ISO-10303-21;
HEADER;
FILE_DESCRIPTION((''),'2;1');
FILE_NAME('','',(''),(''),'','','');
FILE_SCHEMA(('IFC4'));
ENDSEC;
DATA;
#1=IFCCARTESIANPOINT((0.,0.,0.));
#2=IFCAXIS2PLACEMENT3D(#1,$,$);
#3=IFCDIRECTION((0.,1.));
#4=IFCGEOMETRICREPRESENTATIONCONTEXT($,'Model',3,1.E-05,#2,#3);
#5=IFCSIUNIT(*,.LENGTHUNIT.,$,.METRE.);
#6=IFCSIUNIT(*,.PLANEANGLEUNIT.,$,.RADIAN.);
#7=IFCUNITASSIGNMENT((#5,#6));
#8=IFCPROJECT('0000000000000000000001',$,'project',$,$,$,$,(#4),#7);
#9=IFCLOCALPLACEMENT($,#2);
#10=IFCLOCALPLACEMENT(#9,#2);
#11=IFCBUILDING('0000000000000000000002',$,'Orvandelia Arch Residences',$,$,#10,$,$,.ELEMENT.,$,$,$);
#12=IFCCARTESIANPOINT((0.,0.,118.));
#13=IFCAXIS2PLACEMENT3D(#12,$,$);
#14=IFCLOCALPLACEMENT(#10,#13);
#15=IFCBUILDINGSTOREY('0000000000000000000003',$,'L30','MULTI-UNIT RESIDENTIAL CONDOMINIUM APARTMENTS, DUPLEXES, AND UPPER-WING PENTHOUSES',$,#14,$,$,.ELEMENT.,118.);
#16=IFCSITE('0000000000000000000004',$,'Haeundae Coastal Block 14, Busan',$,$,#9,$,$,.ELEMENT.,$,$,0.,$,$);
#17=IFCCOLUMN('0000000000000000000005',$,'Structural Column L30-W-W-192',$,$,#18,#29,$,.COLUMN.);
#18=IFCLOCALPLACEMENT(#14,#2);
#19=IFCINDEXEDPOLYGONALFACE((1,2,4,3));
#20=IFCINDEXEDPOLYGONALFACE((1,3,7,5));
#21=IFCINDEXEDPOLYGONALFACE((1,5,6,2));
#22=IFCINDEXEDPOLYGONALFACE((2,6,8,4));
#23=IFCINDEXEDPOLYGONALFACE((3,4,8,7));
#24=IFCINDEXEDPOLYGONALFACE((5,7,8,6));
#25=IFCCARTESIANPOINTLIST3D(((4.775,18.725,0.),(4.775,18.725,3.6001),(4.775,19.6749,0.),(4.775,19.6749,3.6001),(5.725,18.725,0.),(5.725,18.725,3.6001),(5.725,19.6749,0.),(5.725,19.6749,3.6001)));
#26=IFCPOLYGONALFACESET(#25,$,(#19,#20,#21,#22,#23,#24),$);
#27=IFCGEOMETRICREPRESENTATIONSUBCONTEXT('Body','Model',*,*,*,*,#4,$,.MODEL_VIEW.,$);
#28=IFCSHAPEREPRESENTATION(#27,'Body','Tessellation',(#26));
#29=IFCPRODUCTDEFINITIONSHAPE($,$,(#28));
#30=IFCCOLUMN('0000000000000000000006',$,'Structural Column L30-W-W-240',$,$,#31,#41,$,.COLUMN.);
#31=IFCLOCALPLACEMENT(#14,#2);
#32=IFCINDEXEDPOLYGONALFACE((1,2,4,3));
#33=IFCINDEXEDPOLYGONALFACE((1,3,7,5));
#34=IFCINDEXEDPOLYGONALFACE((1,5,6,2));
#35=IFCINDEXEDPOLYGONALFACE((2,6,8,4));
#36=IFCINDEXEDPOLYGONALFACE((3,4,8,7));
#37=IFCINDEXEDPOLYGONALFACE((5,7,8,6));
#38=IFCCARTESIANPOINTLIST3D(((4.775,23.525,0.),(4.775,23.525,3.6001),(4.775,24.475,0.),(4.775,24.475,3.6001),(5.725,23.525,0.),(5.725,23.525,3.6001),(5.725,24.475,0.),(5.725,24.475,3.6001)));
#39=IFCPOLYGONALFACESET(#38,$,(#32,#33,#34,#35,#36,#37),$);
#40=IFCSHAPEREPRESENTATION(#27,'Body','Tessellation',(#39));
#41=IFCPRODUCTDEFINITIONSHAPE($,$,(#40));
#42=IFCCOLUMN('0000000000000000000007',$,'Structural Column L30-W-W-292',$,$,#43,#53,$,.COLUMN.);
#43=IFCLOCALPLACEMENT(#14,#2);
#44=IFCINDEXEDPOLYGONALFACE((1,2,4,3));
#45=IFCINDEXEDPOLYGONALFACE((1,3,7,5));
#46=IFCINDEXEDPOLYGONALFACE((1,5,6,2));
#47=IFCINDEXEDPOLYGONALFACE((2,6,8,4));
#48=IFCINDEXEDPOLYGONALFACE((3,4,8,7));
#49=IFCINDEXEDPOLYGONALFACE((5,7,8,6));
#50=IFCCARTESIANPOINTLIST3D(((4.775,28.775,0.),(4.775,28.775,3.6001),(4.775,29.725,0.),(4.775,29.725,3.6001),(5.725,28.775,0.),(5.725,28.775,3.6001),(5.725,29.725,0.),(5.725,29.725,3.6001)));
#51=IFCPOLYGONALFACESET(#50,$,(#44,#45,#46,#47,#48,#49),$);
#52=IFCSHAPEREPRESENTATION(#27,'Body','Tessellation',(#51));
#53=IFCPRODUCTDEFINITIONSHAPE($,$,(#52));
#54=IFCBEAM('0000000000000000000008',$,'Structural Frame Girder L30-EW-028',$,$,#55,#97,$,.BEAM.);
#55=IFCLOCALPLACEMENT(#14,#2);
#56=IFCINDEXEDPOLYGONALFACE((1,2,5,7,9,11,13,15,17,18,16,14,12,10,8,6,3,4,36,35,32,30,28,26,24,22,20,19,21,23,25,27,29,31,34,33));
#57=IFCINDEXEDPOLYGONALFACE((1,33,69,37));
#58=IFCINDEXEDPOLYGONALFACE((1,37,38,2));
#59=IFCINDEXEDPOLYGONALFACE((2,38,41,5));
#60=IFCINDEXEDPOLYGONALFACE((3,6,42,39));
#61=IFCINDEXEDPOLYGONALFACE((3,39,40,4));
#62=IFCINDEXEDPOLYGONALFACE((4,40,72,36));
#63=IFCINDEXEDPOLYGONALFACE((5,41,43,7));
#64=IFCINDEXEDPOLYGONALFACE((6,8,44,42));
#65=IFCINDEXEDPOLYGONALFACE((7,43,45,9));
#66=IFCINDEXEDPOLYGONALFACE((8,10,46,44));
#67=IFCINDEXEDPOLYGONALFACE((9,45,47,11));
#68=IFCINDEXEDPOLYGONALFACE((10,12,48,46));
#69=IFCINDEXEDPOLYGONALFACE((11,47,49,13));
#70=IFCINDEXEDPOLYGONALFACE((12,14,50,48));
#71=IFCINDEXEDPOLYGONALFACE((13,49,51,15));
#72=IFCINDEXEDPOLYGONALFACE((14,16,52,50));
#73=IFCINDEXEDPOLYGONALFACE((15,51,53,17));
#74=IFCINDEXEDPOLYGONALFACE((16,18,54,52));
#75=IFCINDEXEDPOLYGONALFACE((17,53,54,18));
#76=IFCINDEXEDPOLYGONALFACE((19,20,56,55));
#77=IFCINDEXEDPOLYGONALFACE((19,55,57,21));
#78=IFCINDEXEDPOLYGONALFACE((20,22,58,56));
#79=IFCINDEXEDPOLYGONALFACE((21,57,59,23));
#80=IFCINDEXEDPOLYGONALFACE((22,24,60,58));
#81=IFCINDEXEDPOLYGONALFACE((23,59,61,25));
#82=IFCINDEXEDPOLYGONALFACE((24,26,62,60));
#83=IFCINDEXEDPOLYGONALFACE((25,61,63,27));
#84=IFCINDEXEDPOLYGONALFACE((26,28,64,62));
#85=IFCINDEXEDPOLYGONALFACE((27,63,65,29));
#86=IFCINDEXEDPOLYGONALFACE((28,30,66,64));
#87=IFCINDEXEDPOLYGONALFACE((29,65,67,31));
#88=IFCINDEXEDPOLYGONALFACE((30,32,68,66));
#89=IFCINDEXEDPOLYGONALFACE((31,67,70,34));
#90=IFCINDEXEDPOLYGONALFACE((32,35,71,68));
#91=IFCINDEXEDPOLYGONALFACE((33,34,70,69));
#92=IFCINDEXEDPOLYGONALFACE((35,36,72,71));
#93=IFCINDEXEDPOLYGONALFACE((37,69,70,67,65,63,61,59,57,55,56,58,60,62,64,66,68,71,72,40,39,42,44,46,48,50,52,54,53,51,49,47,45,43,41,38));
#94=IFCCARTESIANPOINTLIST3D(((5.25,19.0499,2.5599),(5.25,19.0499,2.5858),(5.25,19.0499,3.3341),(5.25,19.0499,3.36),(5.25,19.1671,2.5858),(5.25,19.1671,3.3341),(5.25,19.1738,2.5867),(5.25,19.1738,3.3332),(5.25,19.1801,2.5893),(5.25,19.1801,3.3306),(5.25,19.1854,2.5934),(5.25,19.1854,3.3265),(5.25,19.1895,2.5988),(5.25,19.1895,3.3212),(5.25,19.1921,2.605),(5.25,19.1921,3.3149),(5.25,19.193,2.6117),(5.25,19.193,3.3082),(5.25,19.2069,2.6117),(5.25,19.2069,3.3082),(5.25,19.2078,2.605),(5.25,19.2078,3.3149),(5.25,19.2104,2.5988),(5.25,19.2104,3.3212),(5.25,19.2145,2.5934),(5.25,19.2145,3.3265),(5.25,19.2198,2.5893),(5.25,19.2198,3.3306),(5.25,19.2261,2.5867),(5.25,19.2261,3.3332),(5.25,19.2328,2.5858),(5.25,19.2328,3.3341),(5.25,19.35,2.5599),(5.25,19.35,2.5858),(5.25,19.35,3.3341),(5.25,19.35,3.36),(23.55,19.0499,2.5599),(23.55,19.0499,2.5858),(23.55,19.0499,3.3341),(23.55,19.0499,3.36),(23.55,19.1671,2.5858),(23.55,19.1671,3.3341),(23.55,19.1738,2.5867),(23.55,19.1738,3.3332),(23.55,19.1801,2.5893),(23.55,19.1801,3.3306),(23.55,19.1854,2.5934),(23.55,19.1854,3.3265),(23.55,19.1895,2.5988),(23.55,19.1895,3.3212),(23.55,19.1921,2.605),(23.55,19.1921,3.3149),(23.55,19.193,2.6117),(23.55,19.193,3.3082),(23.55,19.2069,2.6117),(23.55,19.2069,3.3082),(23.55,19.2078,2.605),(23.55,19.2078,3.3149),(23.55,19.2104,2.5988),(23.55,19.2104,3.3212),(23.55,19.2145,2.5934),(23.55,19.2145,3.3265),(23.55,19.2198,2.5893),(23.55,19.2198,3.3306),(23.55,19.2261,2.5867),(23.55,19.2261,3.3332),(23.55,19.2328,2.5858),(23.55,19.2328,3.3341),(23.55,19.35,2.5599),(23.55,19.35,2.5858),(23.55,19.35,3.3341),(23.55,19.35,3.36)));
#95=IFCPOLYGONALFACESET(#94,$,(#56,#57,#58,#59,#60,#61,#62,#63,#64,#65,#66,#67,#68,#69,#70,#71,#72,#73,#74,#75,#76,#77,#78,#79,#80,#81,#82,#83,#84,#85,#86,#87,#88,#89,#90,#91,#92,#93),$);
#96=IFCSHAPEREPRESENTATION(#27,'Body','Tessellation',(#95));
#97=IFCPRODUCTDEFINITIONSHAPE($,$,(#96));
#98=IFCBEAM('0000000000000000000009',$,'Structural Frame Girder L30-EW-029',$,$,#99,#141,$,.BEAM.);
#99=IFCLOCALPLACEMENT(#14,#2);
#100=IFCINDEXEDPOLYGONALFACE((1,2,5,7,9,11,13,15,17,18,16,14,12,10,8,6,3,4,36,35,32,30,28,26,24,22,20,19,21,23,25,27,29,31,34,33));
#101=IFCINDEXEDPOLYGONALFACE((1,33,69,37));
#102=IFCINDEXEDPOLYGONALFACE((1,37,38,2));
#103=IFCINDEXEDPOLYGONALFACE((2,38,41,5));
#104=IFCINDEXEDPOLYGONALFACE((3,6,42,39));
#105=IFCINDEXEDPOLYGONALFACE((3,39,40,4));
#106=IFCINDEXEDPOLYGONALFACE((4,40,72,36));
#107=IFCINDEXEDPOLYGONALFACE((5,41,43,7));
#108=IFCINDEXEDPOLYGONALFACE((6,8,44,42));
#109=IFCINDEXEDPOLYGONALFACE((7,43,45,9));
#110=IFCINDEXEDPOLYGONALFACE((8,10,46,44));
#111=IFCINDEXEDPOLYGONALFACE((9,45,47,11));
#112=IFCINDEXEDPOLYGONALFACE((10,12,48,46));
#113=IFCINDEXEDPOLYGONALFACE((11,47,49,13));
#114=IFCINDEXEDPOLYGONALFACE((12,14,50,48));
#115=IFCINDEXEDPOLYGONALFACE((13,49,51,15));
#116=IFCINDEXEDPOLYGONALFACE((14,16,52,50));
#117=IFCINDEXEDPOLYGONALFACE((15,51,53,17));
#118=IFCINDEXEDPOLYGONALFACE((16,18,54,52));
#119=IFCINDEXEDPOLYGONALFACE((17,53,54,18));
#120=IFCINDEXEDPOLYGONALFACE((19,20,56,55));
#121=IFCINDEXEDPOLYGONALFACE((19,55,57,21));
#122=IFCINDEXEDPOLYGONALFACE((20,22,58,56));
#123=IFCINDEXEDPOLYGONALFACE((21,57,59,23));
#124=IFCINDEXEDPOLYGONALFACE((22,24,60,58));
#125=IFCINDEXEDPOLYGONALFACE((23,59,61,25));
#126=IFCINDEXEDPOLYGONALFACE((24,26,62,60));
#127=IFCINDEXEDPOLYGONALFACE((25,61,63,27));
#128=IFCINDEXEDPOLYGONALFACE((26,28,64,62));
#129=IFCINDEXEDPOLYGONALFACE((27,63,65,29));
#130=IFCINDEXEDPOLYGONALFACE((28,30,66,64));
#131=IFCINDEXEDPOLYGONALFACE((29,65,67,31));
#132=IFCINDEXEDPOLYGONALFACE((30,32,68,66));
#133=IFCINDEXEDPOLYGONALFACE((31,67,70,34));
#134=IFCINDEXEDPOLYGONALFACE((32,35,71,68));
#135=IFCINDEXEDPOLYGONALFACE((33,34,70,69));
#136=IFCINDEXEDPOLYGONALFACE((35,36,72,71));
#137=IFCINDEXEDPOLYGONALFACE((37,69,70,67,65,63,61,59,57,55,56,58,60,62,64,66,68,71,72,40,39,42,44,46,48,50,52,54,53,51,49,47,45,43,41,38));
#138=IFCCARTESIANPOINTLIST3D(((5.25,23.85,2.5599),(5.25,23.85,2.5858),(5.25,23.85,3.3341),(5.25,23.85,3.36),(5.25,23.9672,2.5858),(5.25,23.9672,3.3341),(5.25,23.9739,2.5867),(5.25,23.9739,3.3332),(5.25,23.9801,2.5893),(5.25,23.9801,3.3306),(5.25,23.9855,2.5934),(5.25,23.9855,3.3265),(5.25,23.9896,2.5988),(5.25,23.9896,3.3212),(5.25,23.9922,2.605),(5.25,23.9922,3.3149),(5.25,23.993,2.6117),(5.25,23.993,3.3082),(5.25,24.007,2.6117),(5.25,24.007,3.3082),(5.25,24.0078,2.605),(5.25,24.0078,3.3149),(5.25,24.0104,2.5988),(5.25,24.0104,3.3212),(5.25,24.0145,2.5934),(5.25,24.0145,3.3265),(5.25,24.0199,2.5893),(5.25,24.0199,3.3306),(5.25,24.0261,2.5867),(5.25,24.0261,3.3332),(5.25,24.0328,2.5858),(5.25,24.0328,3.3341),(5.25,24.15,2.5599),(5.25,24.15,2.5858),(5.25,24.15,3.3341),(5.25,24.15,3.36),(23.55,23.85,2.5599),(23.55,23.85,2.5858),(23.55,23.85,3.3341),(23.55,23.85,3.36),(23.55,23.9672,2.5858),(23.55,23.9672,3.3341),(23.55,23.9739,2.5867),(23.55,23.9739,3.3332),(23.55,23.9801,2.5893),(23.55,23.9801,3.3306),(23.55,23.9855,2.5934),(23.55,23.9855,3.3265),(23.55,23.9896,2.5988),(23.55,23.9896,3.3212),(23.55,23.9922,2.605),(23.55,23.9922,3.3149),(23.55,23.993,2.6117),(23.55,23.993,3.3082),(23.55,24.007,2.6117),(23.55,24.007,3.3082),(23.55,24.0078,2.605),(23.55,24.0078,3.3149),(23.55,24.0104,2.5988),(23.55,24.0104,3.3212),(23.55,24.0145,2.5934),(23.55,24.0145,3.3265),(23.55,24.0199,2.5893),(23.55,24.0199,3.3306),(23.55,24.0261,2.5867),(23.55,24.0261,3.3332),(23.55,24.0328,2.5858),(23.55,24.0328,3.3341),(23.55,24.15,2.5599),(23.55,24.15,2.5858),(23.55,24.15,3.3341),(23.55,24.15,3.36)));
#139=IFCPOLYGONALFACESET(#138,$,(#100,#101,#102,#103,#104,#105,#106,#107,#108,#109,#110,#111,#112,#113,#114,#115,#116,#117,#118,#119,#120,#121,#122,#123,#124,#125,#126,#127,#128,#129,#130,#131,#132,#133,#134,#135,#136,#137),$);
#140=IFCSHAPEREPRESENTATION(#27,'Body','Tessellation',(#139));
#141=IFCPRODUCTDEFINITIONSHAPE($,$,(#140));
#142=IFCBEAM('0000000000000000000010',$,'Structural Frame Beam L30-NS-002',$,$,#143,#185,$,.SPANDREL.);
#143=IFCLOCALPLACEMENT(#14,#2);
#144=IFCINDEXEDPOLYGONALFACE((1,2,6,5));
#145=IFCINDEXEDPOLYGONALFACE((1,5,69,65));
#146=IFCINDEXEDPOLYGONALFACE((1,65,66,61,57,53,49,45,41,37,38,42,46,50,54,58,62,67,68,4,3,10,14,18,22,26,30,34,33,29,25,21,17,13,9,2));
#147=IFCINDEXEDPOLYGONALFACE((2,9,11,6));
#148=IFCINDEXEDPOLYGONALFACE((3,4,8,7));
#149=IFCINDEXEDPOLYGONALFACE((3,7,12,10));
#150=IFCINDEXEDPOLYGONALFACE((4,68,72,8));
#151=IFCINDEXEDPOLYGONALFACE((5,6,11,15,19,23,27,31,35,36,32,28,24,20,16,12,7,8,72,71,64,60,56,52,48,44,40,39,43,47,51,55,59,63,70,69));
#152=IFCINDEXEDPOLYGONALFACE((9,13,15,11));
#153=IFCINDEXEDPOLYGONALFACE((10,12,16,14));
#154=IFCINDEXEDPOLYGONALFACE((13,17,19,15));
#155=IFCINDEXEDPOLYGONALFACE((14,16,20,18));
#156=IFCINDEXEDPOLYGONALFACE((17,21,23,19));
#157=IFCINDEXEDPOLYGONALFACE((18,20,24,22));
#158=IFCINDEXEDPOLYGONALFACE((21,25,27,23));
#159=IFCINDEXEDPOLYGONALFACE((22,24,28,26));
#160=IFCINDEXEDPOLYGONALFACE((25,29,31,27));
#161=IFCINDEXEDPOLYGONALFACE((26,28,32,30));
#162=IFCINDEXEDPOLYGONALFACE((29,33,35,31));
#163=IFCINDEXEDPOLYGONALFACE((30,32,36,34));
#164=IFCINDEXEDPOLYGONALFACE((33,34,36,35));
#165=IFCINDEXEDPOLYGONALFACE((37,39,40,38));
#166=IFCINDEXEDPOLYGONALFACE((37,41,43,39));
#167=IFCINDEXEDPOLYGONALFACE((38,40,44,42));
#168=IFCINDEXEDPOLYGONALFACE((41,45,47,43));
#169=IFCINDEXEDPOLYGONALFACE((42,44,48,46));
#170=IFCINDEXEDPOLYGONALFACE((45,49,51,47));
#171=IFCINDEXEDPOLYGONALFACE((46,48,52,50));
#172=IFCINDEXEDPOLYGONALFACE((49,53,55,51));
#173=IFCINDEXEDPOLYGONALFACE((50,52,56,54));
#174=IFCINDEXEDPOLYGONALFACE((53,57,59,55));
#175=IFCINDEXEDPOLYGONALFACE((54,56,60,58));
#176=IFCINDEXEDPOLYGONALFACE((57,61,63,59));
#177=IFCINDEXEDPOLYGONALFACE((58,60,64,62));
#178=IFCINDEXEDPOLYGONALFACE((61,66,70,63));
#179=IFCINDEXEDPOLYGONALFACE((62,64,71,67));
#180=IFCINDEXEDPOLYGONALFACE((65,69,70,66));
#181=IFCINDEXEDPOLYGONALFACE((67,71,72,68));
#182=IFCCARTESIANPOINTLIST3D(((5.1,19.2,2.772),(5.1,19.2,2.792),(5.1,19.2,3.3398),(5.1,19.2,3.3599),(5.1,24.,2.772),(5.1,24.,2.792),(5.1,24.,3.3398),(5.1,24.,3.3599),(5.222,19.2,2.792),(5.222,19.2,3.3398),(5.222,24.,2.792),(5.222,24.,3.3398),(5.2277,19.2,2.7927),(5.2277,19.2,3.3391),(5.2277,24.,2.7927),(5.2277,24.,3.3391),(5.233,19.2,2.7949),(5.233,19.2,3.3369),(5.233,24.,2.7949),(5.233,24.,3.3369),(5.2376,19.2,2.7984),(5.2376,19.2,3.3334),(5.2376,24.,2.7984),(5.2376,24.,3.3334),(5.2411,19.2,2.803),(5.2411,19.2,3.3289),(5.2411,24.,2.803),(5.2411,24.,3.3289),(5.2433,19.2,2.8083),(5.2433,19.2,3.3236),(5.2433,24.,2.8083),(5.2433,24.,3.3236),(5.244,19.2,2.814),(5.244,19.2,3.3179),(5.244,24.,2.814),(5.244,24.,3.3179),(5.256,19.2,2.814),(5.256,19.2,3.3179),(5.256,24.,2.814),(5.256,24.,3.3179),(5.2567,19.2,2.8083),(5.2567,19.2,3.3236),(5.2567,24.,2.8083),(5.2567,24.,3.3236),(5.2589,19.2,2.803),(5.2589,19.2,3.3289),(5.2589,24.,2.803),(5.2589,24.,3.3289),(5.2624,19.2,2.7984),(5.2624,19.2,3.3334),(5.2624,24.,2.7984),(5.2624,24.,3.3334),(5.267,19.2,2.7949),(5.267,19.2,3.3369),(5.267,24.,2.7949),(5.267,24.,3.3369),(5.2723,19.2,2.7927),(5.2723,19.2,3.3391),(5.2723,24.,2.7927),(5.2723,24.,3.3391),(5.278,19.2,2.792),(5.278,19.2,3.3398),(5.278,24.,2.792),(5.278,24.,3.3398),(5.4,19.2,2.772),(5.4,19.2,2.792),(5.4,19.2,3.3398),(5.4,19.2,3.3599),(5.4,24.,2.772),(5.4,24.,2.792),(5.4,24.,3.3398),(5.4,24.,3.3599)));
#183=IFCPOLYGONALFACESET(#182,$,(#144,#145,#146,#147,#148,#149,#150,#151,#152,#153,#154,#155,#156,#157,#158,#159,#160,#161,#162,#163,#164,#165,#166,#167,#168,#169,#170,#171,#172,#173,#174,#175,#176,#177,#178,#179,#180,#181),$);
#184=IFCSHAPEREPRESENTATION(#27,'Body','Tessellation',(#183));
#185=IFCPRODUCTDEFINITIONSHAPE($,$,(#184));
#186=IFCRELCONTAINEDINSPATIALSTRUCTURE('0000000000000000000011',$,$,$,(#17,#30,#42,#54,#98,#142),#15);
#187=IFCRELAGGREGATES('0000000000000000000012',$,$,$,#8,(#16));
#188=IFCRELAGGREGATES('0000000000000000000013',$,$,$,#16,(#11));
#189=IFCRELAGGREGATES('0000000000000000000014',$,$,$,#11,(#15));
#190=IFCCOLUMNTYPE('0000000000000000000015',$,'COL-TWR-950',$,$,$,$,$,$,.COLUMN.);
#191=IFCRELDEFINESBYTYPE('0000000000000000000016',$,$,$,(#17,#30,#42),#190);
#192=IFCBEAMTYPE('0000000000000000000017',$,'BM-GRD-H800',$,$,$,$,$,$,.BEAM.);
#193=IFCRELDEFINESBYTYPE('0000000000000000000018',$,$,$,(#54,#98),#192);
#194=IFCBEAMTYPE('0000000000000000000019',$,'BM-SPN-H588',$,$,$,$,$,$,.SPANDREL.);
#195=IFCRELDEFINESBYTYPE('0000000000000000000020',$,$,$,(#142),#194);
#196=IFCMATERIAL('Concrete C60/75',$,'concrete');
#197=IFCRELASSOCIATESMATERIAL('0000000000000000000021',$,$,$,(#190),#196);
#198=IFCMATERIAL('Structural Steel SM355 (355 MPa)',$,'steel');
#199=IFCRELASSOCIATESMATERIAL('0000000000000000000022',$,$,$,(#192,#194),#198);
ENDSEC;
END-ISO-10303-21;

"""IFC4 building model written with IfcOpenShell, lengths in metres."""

from ifc_helpers import new_model, si_unit, direction, frame, origin, origin_2d, place, context, subcontext, project, spatial, rectangle, i_section, extrude, material, material_profile, profile_set, type_object, element, save


model = new_model("IFC4")

# Units and contexts
model_context = context("Model", 3, precision=1e-05, world=origin(), true_north=direction((0.0, 1.0)))
body_context = subcontext(model_context, "Body", "Model", "MODEL_VIEW")
ifc_project = project(units=[si_unit("LENGTHUNIT", "METRE"), si_unit("PLANEANGLEUNIT", "RADIAN")], contexts=[model_context])

# Site, building, storey
site_placement = place(None, origin())
site = spatial("IfcSite", under=ifc_project, at=site_placement, Name="Haeundae Coastal Block 14, Busan", CompositionType="ELEMENT", RefElevation=0.0)
building_placement = place(site_placement, origin())
building = spatial("IfcBuilding", under=site, at=building_placement, Name="Orvandelia Arch Residences", CompositionType="ELEMENT")
storey_placement = place(building_placement, frame((0.0, 0.0, 118.0)))
storey = spatial("IfcBuildingStorey", under=building, at=storey_placement, Name="L30", Description="MULTI-UNIT RESIDENTIAL CONDOMINIUM APARTMENTS, DUPLEXES, AND UPPER-WING PENTHOUSES", CompositionType="ELEMENT", Elevation=118.0)

# Columns
ifc_material_1 = material(Name="Concrete C60/75", Category="concrete")
ifc_material_profile_1 = material_profile(ifc_material_1, rectangle(XDim=0.95, YDim=0.95, at=origin_2d()), Name="Concrete C60/75", Category="concrete")
ifc_profile_set_1 = profile_set([ifc_material_profile_1], Name="Concrete C60/75")
column_type = type_object("IfcColumnType", Name="COL-TWR-950", PredefinedType="COLUMN", material=ifc_profile_set_1)
for number, where, z_axis, x_axis, name in (
    (1, (5.25, 19.2, 0.0), (0.0, 0.0, 1.0), (1.0, 0.0, 0.0), "Structural Column L30-W-W-192"),
    (2, (5.25, 24.0, 0.0), (0.0, 0.0, 1.0), (1.0, 0.0, 0.0), "Structural Column L30-W-W-240"),
    (3, (5.25, 29.25, 0.0), (0.0, 0.0, 1.0), (1.0, 0.0, 0.0), "Structural Column L30-W-W-292"),
):
    element("IfcColumn", number, at=place(storey_placement, frame(where, z_axis=z_axis, x_axis=x_axis)), inside=storey, type_object=column_type, Name=name, PredefinedType="COLUMN", context=body_context, shape_type="SweptSolid", body=[
        extrude(rectangle(XDim=0.95, YDim=0.95, at=origin_2d()), origin(), (0.0, 0.0, 1.0), 3.6001),
    ])

# Beams
ifc_material_2 = material(Name="Structural Steel SM355 (355 MPa)", Category="steel")
ifc_material_profile_2 = material_profile(ifc_material_2, i_section(OverallWidth=0.3, OverallDepth=0.8, WebThickness=0.0139, FlangeThickness=0.0259, FilletRadius=0.0259, at=origin_2d()), Name="Structural Steel SM355 (355 MPa)", Category="steel")
ifc_profile_set_2 = profile_set([ifc_material_profile_2], Name="Structural Steel SM355 (355 MPa)")
beam_type_1 = type_object("IfcBeamType", Name="BM-GRD-H800", PredefinedType="BEAM", material=ifc_profile_set_2)
for number, where, z_axis, x_axis, name in (
    (4, (5.25, 19.2, 2.96), (1.0, 0.0, 0.0), (0.0, 1.0, 0.0), "Structural Frame Girder L30-EW-028"),
    (5, (5.25, 24.0, 2.96), (1.0, 0.0, 0.0), (0.0, 1.0, 0.0), "Structural Frame Girder L30-EW-029"),
):
    element("IfcBeam", number, at=place(storey_placement, frame(where, z_axis=z_axis, x_axis=x_axis)), inside=storey, type_object=beam_type_1, Name=name, PredefinedType="BEAM", context=body_context, shape_type="SweptSolid", body=[
        extrude(i_section(OverallWidth=0.3, OverallDepth=0.8, WebThickness=0.0139, FlangeThickness=0.0259, FilletRadius=0.0259, at=origin_2d()), origin(), (0.0, 0.0, 1.0), 18.3),
    ])
ifc_material_profile_3 = material_profile(ifc_material_2, i_section(OverallWidth=0.3, OverallDepth=0.5879, WebThickness=0.012, FlangeThickness=0.02, FilletRadius=0.022, at=origin_2d()), Name="Structural Steel SM355 (355 MPa)", Category="steel")
ifc_profile_set_3 = profile_set([ifc_material_profile_3], Name="Structural Steel SM355 (355 MPa)")
beam_type_2 = type_object("IfcBeamType", Name="BM-SPN-H588", PredefinedType="SPANDREL", material=ifc_profile_set_3)
beam_1_placement = place(storey_placement, frame((5.25, 19.2, 3.0659), z_axis=(0.0, 1.0, 0.0), x_axis=(-1.0, 0.0, 0.0)))
element("IfcBeam", 6, at=beam_1_placement, inside=storey, type_object=beam_type_2, Name="Structural Frame Beam L30-NS-002", PredefinedType="SPANDREL", context=body_context, shape_type="SweptSolid", body=[
    extrude(i_section(OverallWidth=0.3, OverallDepth=0.5879, WebThickness=0.012, FlangeThickness=0.02, FilletRadius=0.022, at=origin_2d()), origin(), (0.0, 0.0, 1.0), 4.8),
])

save(model, "model.ifc")
